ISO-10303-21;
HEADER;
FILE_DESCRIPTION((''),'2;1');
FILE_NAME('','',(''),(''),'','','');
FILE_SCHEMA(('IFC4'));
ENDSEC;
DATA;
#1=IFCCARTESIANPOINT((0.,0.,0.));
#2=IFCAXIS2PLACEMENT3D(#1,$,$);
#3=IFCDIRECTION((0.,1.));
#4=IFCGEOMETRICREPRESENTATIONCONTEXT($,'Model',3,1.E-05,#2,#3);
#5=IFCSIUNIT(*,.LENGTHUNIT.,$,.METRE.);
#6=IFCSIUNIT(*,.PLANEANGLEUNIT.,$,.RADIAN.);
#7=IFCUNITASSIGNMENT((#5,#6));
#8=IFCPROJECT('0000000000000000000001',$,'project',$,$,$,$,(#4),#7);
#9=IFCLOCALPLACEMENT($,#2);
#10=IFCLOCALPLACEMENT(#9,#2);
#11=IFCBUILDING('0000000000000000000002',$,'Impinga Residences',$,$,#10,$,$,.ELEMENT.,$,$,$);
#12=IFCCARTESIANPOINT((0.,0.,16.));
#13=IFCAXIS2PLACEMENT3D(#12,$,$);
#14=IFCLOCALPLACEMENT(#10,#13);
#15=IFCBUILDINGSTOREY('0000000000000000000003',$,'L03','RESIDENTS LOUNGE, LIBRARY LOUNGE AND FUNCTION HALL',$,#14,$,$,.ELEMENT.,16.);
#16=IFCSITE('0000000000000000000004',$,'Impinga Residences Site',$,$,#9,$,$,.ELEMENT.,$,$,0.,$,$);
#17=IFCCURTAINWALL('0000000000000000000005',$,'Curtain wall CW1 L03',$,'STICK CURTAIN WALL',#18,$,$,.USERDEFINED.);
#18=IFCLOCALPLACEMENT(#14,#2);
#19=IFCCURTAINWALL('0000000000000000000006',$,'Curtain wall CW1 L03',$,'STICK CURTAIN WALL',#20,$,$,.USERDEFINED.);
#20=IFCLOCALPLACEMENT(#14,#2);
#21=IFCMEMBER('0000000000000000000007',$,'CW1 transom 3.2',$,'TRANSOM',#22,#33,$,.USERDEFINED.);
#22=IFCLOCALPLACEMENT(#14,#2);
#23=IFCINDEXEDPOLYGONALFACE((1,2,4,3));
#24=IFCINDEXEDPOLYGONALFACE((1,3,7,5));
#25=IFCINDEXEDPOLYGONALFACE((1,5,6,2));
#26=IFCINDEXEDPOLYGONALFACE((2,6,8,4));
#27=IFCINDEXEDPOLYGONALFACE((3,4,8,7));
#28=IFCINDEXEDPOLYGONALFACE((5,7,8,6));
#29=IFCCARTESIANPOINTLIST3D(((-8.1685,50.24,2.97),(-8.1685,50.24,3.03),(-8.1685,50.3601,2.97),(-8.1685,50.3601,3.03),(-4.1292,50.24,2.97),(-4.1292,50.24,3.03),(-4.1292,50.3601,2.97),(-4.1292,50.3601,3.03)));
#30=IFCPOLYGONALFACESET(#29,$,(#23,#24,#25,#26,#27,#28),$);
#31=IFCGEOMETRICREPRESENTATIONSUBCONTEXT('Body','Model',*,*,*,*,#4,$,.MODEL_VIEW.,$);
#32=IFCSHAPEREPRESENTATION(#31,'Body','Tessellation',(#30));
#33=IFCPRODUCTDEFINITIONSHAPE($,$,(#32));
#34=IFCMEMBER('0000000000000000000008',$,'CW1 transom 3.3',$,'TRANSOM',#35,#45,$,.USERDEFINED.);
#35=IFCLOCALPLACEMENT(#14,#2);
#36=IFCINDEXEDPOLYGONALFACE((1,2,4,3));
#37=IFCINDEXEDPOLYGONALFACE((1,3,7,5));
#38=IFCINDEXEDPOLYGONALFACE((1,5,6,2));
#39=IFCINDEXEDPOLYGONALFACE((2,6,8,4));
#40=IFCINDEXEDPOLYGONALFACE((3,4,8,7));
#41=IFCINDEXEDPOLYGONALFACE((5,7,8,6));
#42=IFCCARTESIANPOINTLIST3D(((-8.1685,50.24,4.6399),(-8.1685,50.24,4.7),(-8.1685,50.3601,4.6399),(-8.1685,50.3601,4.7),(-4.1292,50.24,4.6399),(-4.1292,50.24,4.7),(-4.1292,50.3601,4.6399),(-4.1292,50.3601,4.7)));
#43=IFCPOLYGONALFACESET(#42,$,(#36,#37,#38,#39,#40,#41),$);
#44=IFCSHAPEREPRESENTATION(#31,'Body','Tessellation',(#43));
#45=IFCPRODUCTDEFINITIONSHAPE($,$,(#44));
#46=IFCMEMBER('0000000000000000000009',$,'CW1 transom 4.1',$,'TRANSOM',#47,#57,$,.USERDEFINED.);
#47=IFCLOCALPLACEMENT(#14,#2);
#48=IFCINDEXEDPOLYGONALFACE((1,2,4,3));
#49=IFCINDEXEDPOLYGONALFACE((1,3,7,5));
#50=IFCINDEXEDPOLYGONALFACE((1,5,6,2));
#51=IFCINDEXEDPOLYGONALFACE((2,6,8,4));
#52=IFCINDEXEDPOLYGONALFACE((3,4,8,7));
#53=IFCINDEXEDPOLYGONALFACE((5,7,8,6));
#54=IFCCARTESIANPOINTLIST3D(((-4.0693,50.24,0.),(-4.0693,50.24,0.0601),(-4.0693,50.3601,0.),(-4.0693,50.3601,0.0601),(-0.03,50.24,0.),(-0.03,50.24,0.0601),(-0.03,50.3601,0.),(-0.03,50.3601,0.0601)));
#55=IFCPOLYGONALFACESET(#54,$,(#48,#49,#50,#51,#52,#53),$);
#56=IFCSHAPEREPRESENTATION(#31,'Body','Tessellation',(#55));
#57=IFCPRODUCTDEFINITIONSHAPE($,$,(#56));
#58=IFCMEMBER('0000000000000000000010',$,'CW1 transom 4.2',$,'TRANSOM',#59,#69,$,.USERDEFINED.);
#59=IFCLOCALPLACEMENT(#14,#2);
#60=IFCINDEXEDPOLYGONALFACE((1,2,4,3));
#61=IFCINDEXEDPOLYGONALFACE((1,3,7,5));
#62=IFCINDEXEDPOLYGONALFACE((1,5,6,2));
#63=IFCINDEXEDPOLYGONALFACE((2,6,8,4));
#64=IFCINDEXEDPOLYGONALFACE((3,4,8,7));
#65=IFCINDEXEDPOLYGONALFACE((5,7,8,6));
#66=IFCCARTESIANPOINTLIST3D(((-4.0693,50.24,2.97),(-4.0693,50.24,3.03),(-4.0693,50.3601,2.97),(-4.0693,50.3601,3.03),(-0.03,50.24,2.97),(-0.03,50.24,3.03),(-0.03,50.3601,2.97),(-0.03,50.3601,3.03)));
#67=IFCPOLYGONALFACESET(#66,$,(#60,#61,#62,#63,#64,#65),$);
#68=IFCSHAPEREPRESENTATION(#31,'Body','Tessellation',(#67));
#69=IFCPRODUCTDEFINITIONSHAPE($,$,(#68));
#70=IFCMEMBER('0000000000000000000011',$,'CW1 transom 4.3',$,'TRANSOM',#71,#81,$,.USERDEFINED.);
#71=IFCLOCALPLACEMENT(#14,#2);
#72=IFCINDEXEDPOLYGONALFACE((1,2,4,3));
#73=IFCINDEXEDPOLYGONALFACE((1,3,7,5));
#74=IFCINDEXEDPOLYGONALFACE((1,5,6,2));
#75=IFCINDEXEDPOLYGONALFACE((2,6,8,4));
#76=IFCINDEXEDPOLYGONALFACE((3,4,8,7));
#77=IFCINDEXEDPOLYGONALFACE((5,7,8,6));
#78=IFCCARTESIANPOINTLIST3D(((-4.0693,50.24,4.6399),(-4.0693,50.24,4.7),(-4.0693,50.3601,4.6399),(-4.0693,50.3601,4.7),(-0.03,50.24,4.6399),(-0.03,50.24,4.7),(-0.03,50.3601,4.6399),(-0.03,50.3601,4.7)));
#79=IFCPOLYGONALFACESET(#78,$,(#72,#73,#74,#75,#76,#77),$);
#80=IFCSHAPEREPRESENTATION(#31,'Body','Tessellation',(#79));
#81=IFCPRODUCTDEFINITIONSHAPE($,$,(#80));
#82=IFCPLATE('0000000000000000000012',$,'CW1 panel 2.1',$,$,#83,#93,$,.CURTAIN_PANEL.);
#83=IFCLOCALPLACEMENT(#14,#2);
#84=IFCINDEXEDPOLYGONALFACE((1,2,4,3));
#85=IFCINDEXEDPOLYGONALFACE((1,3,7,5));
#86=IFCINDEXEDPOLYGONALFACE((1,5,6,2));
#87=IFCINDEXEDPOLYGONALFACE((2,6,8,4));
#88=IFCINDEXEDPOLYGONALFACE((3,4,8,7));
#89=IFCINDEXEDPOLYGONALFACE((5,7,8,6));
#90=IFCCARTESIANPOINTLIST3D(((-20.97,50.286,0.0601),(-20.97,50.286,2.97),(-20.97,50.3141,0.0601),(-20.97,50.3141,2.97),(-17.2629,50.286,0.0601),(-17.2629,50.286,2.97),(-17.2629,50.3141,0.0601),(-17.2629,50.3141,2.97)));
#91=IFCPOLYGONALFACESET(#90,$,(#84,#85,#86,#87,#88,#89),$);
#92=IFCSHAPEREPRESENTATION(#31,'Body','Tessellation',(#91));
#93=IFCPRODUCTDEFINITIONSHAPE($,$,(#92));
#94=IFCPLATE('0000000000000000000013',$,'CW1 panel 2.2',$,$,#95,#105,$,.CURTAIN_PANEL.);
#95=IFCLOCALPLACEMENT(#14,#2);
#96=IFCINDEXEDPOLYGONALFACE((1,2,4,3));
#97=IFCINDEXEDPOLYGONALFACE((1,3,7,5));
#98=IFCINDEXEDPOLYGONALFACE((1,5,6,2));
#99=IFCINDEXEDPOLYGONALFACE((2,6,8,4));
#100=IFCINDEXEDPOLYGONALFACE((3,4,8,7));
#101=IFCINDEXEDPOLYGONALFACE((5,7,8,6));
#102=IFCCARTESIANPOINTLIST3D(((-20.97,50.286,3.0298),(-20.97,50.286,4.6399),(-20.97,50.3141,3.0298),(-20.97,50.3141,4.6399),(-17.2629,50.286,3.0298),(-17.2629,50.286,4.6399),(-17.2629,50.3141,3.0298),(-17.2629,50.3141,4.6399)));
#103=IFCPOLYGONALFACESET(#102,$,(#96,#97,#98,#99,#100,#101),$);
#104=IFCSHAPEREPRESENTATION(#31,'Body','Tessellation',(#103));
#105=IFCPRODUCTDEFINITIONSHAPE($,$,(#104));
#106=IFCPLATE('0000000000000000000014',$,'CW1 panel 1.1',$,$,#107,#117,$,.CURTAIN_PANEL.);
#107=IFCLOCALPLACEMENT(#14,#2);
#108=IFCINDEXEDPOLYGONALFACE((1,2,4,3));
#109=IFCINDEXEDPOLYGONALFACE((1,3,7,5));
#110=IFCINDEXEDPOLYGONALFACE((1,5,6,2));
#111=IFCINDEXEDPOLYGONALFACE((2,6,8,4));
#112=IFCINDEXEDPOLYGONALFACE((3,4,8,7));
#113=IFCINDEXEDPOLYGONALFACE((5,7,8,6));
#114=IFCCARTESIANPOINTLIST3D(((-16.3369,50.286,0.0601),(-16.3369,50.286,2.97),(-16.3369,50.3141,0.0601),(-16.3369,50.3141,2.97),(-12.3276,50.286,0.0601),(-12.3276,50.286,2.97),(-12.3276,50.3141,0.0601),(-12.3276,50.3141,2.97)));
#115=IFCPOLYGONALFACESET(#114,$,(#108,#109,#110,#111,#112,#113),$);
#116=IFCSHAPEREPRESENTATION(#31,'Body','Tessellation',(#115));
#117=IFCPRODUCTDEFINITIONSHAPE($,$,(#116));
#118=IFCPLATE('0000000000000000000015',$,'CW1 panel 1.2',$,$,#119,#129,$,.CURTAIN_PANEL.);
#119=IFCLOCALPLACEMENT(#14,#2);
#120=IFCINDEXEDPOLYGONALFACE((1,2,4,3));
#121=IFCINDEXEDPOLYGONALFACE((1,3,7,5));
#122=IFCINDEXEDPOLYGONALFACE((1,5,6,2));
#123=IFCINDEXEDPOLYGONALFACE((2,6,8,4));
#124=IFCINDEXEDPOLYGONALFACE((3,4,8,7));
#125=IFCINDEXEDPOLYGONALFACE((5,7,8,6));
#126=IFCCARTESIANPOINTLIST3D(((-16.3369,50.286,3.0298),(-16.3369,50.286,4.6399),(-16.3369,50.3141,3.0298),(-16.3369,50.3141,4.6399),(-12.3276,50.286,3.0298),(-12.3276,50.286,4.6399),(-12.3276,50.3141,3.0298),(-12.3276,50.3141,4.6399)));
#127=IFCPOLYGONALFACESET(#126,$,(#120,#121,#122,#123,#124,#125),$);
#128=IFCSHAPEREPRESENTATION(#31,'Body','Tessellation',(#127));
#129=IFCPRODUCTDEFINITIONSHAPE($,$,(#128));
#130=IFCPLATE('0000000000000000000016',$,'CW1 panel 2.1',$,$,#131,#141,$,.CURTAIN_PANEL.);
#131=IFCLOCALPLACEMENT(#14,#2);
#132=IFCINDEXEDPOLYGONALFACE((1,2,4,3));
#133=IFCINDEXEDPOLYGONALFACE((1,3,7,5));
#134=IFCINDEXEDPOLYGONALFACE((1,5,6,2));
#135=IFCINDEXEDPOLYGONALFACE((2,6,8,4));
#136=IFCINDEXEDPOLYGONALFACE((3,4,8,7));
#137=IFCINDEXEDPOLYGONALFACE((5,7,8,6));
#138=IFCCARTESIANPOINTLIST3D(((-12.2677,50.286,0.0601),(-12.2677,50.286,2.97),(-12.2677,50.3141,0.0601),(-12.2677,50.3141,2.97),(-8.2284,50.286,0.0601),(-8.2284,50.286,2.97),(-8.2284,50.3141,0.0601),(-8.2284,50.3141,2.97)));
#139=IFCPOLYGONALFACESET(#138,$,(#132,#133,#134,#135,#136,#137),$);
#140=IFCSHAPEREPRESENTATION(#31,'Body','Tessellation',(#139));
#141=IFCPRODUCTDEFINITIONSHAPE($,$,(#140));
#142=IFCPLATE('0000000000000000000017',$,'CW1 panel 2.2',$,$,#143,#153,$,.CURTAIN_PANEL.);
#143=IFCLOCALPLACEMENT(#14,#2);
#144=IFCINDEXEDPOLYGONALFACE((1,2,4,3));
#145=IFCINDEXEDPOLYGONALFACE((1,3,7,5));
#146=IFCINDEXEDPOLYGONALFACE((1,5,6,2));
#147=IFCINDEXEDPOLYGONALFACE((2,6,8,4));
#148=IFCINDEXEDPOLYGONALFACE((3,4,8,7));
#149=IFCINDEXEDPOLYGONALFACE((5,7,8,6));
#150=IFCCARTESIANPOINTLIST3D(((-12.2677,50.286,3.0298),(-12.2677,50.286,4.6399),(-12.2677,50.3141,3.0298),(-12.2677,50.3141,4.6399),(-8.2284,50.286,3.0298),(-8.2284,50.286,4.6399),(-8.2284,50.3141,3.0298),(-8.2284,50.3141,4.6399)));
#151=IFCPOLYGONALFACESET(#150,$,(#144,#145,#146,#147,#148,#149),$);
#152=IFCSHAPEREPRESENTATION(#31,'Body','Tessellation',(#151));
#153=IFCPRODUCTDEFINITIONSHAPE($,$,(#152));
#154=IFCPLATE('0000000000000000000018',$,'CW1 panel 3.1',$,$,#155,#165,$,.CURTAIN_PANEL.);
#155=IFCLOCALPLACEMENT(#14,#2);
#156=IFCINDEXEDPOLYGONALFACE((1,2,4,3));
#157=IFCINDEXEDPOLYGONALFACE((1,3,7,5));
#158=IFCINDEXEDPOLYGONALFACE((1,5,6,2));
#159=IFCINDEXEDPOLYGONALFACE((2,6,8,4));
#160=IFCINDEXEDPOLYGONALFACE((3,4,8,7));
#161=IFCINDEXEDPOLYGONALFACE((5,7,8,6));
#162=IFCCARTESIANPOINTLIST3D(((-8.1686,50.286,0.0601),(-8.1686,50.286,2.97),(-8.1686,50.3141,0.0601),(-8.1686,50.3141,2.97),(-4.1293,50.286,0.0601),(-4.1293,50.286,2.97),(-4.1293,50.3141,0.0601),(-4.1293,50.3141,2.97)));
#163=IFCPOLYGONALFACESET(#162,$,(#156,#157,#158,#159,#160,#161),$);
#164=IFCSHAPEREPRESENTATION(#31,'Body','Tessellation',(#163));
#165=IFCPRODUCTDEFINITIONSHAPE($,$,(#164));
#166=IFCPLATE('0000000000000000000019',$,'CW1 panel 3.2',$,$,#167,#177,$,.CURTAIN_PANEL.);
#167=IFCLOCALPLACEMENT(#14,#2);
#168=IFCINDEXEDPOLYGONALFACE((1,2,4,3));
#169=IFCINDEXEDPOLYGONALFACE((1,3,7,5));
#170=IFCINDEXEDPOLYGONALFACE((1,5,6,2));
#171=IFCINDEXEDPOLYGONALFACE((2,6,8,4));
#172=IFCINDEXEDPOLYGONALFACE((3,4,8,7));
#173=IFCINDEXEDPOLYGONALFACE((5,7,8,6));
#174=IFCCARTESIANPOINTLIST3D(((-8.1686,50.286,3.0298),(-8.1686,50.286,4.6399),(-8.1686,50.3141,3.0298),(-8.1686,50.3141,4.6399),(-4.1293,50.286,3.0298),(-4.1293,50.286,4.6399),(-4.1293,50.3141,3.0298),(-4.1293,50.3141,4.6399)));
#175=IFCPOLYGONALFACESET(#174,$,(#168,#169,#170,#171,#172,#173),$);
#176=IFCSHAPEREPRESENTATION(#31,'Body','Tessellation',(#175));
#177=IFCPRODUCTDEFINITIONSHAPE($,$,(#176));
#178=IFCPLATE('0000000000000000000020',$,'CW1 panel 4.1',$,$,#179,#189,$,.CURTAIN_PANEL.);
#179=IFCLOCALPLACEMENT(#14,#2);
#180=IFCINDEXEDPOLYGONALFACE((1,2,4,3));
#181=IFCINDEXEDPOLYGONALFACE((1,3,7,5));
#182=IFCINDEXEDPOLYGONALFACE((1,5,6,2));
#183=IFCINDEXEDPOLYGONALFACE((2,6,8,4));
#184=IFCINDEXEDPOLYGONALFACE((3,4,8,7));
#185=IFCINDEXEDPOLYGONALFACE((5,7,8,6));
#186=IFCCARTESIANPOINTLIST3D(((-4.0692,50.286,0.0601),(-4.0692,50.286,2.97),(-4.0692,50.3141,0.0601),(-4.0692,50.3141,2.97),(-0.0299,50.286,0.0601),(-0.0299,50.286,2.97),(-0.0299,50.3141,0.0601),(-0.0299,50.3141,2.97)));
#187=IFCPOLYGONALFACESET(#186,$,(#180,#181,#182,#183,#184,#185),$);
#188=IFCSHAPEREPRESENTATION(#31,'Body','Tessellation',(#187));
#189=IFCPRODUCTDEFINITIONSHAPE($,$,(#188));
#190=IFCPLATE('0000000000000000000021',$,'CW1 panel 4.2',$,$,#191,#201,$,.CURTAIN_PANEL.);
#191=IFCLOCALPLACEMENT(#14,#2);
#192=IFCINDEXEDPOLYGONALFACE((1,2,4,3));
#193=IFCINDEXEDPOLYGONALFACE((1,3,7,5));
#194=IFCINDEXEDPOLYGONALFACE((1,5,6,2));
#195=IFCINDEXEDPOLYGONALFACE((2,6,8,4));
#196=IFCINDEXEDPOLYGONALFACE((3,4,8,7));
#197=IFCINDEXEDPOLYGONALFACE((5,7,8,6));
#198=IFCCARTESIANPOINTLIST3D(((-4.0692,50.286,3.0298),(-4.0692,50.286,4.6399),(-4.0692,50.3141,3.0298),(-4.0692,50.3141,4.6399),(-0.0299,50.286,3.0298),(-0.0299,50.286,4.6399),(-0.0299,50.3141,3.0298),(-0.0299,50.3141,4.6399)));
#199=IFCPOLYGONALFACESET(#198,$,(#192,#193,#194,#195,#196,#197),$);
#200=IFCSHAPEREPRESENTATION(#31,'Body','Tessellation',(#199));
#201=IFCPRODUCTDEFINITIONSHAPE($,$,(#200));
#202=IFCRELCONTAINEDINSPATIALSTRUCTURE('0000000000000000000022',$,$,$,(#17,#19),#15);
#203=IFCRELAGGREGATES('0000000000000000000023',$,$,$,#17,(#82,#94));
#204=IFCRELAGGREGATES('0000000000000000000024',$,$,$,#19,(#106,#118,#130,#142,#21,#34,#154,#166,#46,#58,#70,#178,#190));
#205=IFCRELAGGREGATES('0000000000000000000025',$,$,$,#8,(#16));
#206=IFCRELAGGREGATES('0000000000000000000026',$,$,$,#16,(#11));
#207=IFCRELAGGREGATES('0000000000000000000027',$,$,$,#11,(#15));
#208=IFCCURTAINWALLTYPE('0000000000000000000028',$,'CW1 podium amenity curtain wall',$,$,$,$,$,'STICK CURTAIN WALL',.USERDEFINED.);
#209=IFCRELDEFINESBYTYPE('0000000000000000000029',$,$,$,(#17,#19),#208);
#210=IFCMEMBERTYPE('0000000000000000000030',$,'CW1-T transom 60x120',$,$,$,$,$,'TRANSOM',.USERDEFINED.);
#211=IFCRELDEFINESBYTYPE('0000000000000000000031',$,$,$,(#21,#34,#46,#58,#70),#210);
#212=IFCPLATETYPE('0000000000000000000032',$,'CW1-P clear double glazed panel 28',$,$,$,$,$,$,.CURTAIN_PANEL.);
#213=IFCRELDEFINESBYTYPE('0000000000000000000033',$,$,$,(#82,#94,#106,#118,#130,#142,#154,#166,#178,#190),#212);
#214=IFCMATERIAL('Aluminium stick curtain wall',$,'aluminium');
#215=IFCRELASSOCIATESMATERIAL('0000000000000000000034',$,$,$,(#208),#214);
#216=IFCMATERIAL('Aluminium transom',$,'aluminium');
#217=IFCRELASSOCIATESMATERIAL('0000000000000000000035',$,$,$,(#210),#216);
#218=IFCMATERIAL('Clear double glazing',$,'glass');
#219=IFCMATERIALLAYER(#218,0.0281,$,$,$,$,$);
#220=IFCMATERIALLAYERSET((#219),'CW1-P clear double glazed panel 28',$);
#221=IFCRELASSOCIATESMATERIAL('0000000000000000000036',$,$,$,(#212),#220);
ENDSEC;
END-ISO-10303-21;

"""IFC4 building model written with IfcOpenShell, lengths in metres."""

from ifc_helpers import new_model, si_unit, direction, frame, origin, origin_2d, place, context, subcontext, project, spatial, rectangle, extrude, material, layer, layer_set, material_profile, profile_set, type_object, element, aggregate, save


model = new_model("IFC4")

# Units and contexts
model_context = context("Model", 3, precision=1e-05, world=origin(), true_north=direction((0.0, 1.0)))
body_context = subcontext(model_context, "Body", "Model", "MODEL_VIEW")
ifc_project = project(units=[si_unit("LENGTHUNIT", "METRE"), si_unit("PLANEANGLEUNIT", "RADIAN")], contexts=[model_context])

# Site, building, storey
site_placement = place(None, origin())
site = spatial("IfcSite", under=ifc_project, at=site_placement, Name="Impinga Residences Site", CompositionType="ELEMENT", RefElevation=0.0)
building_placement = place(site_placement, origin())
building = spatial("IfcBuilding", under=site, at=building_placement, Name="Impinga Residences", CompositionType="ELEMENT")
storey_placement = place(building_placement, frame((0.0, 0.0, 16.0)))
storey = spatial("IfcBuildingStorey", under=building, at=storey_placement, Name="L03", Description="RESIDENTS LOUNGE, LIBRARY LOUNGE AND FUNCTION HALL", CompositionType="ELEMENT", Elevation=16.0)

# Curtain wall
ifc_material_1 = material(Name="Aluminium stick curtain wall", Category="aluminium")
curtain_wall_type = type_object("IfcCurtainWallType", Name="CW1 podium amenity curtain wall", ElementType="STICK CURTAIN WALL", PredefinedType="USERDEFINED", material=ifc_material_1)
curtain_wall_1_placement = place(storey_placement, origin())
curtain_wall_1 = element("IfcCurtainWall", 1, at=curtain_wall_1_placement, inside=storey, type_object=curtain_wall_type, Name="Curtain wall CW1 L03", ObjectType="STICK CURTAIN WALL", PredefinedType="USERDEFINED")

# Curtain wall, members
curtain_wall_2_placement = place(storey_placement, origin())
curtain_wall_2 = element("IfcCurtainWall", 2, at=curtain_wall_2_placement, inside=storey, type_object=curtain_wall_type, Name="Curtain wall CW1 L03", ObjectType="STICK CURTAIN WALL", PredefinedType="USERDEFINED")
ifc_material_2 = material(Name="Aluminium transom", Category="aluminium")
ifc_material_profile_1 = material_profile(ifc_material_2, rectangle(XDim=0.0601, YDim=0.1201, at=origin_2d()), Name="60x120 transom")
ifc_profile_set_1 = profile_set([ifc_material_profile_1], Name="Aluminium transom")
member_type_1 = type_object("IfcMemberType", Name="CW1-T transom 60x120", ElementType="TRANSOM", PredefinedType="USERDEFINED", material=ifc_profile_set_1)
member_1_placement = place(storey_placement, frame((-8.1685, 50.3, 3.0), z_axis=(1.0, 0.0, 0.0), x_axis=(0.0, 0.0, 1.0)))
member_1 = element("IfcMember", 3, at=member_1_placement, type_object=member_type_1, Name="CW1 transom 3.2", ObjectType="TRANSOM", PredefinedType="USERDEFINED", context=body_context, shape_type="SweptSolid", body=[
    extrude(rectangle(XDim=0.0601, YDim=0.1201, at=origin_2d()), origin(), (0.0, 0.0, 1.0), 4.0393),
])
member_2_placement = place(storey_placement, frame((-8.1685, 50.3, 4.6699), z_axis=(1.0, 0.0, 0.0), x_axis=(0.0, 0.0, 1.0)))
member_2 = element("IfcMember", 4, at=member_2_placement, type_object=member_type_1, Name="CW1 transom 3.3", ObjectType="TRANSOM", PredefinedType="USERDEFINED", context=body_context, shape_type="SweptSolid", body=[
    extrude(rectangle(XDim=0.0601, YDim=0.1201, at=origin_2d()), origin(), (0.0, 0.0, 1.0), 4.0393),
])
member_3_placement = place(storey_placement, frame((-4.0693, 50.3, 0.03), z_axis=(1.0, 0.0, 0.0), x_axis=(0.0, 0.0, 1.0)))
member_3 = element("IfcMember", 5, at=member_3_placement, type_object=member_type_1, Name="CW1 transom 4.1", ObjectType="TRANSOM", PredefinedType="USERDEFINED", context=body_context, shape_type="SweptSolid", body=[
    extrude(rectangle(XDim=0.0601, YDim=0.1201, at=origin_2d()), origin(), (0.0, 0.0, 1.0), 4.0393),
])
member_4_placement = place(storey_placement, frame((-4.0693, 50.3, 3.0), z_axis=(1.0, 0.0, 0.0), x_axis=(0.0, 0.0, 1.0)))
member_4 = element("IfcMember", 6, at=member_4_placement, type_object=member_type_1, Name="CW1 transom 4.2", ObjectType="TRANSOM", PredefinedType="USERDEFINED", context=body_context, shape_type="SweptSolid", body=[
    extrude(rectangle(XDim=0.0601, YDim=0.1201, at=origin_2d()), origin(), (0.0, 0.0, 1.0), 4.0393),
])
member_5_placement = place(storey_placement, frame((-4.0693, 50.3, 4.6699), z_axis=(1.0, 0.0, 0.0), x_axis=(0.0, 0.0, 1.0)))
member_5 = element("IfcMember", 7, at=member_5_placement, type_object=member_type_1, Name="CW1 transom 4.3", ObjectType="TRANSOM", PredefinedType="USERDEFINED", context=body_context, shape_type="SweptSolid", body=[
    extrude(rectangle(XDim=0.0601, YDim=0.1201, at=origin_2d()), origin(), (0.0, 0.0, 1.0), 4.0393),
])

# Plates
ifc_material_3 = material(Name="Clear double glazing", Category="glass")
ifc_layer_1 = layer(ifc_material_3, 0.0281)
ifc_layer_set_1 = layer_set([ifc_layer_1], Name="CW1-P clear double glazed panel 28")
plate_type = type_object("IfcPlateType", Name="CW1-P clear double glazed panel 28", PredefinedType="CURTAIN_PANEL", material=ifc_layer_set_1)
plate_1_placement = place(storey_placement, frame((-19.1165, 50.3, 0.0601), z_axis=(0.0, 0.0, 1.0), x_axis=(1.0, 0.0, 0.0)))
plate_1 = element("IfcPlate", 8, at=plate_1_placement, type_object=plate_type, Name="CW1 panel 2.1", PredefinedType="CURTAIN_PANEL", context=body_context, shape_type="SweptSolid", body=[
    extrude(rectangle(XDim=3.707, YDim=0.0281, at=origin_2d()), origin(), (0.0, 0.0, 1.0), 2.9099),
])
plate_2_placement = place(storey_placement, frame((-19.1165, 50.3, 3.0298), z_axis=(0.0, 0.0, 1.0), x_axis=(1.0, 0.0, 0.0)))
plate_2 = element("IfcPlate", 9, at=plate_2_placement, type_object=plate_type, Name="CW1 panel 2.2", PredefinedType="CURTAIN_PANEL", context=body_context, shape_type="SweptSolid", body=[
    extrude(rectangle(XDim=3.707, YDim=0.0281, at=origin_2d()), origin(), (0.0, 0.0, 1.0), 1.6101),
])
aggregate(curtain_wall_1, [plate_1, plate_2])
plate_3_placement = place(storey_placement, frame((-14.3323, 50.3, 0.0601), z_axis=(0.0, 0.0, 1.0), x_axis=(1.0, 0.0, 0.0)))
plate_3 = element("IfcPlate", 10, at=plate_3_placement, type_object=plate_type, Name="CW1 panel 1.1", PredefinedType="CURTAIN_PANEL", context=body_context, shape_type="SweptSolid", body=[
    extrude(rectangle(XDim=4.0093, YDim=0.0281, at=origin_2d()), origin(), (0.0, 0.0, 1.0), 2.9099),
])
plate_4_placement = place(storey_placement, frame((-14.3323, 50.3, 3.0298), z_axis=(0.0, 0.0, 1.0), x_axis=(1.0, 0.0, 0.0)))
plate_4 = element("IfcPlate", 11, at=plate_4_placement, type_object=plate_type, Name="CW1 panel 1.2", PredefinedType="CURTAIN_PANEL", context=body_context, shape_type="SweptSolid", body=[
    extrude(rectangle(XDim=4.0093, YDim=0.0281, at=origin_2d()), origin(), (0.0, 0.0, 1.0), 1.6101),
])
plate_5_placement = place(storey_placement, frame((-10.248, 50.3, 0.0601), z_axis=(0.0, 0.0, 1.0), x_axis=(1.0, 0.0, 0.0)))
plate_5 = element("IfcPlate", 12, at=plate_5_placement, type_object=plate_type, Name="CW1 panel 2.1", PredefinedType="CURTAIN_PANEL", context=body_context, shape_type="SweptSolid", body=[
    extrude(rectangle(XDim=4.0393, YDim=0.0281, at=origin_2d()), origin(), (0.0, 0.0, 1.0), 2.9099),
])
plate_6_placement = place(storey_placement, frame((-10.248, 50.3, 3.0298), z_axis=(0.0, 0.0, 1.0), x_axis=(1.0, 0.0, 0.0)))
plate_6 = element("IfcPlate", 13, at=plate_6_placement, type_object=plate_type, Name="CW1 panel 2.2", PredefinedType="CURTAIN_PANEL", context=body_context, shape_type="SweptSolid", body=[
    extrude(rectangle(XDim=4.0393, YDim=0.0281, at=origin_2d()), origin(), (0.0, 0.0, 1.0), 1.6101),
])
plate_7_placement = place(storey_placement, frame((-6.1489, 50.3, 0.0601), z_axis=(0.0, 0.0, 1.0), x_axis=(1.0, 0.0, 0.0)))
plate_7 = element("IfcPlate", 14, at=plate_7_placement, type_object=plate_type, Name="CW1 panel 3.1", PredefinedType="CURTAIN_PANEL", context=body_context, shape_type="SweptSolid", body=[
    extrude(rectangle(XDim=4.0393, YDim=0.0281, at=origin_2d()), origin(), (0.0, 0.0, 1.0), 2.9099),
])
plate_8_placement = place(storey_placement, frame((-6.1489, 50.3, 3.0298), z_axis=(0.0, 0.0, 1.0), x_axis=(1.0, 0.0, 0.0)))
plate_8 = element("IfcPlate", 15, at=plate_8_placement, type_object=plate_type, Name="CW1 panel 3.2", PredefinedType="CURTAIN_PANEL", context=body_context, shape_type="SweptSolid", body=[
    extrude(rectangle(XDim=4.0393, YDim=0.0281, at=origin_2d()), origin(), (0.0, 0.0, 1.0), 1.6101),
])
plate_9_placement = place(storey_placement, frame((-2.0496, 50.3, 0.0601), z_axis=(0.0, 0.0, 1.0), x_axis=(1.0, 0.0, 0.0)))
plate_9 = element("IfcPlate", 16, at=plate_9_placement, type_object=plate_type, Name="CW1 panel 4.1", PredefinedType="CURTAIN_PANEL", context=body_context, shape_type="SweptSolid", body=[
    extrude(rectangle(XDim=4.0393, YDim=0.0281, at=origin_2d()), origin(), (0.0, 0.0, 1.0), 2.9099),
])
plate_10_placement = place(storey_placement, frame((-2.0496, 50.3, 3.0298), z_axis=(0.0, 0.0, 1.0), x_axis=(1.0, 0.0, 0.0)))
plate_10 = element("IfcPlate", 17, at=plate_10_placement, type_object=plate_type, Name="CW1 panel 4.2", PredefinedType="CURTAIN_PANEL", context=body_context, shape_type="SweptSolid", body=[
    extrude(rectangle(XDim=4.0393, YDim=0.0281, at=origin_2d()), origin(), (0.0, 0.0, 1.0), 1.6101),
])
aggregate(curtain_wall_2, [plate_3, plate_4, plate_5, plate_6, member_1, member_2, plate_7, plate_8, member_3, member_4, member_5, plate_9, plate_10])

save(model, "model.ifc")
